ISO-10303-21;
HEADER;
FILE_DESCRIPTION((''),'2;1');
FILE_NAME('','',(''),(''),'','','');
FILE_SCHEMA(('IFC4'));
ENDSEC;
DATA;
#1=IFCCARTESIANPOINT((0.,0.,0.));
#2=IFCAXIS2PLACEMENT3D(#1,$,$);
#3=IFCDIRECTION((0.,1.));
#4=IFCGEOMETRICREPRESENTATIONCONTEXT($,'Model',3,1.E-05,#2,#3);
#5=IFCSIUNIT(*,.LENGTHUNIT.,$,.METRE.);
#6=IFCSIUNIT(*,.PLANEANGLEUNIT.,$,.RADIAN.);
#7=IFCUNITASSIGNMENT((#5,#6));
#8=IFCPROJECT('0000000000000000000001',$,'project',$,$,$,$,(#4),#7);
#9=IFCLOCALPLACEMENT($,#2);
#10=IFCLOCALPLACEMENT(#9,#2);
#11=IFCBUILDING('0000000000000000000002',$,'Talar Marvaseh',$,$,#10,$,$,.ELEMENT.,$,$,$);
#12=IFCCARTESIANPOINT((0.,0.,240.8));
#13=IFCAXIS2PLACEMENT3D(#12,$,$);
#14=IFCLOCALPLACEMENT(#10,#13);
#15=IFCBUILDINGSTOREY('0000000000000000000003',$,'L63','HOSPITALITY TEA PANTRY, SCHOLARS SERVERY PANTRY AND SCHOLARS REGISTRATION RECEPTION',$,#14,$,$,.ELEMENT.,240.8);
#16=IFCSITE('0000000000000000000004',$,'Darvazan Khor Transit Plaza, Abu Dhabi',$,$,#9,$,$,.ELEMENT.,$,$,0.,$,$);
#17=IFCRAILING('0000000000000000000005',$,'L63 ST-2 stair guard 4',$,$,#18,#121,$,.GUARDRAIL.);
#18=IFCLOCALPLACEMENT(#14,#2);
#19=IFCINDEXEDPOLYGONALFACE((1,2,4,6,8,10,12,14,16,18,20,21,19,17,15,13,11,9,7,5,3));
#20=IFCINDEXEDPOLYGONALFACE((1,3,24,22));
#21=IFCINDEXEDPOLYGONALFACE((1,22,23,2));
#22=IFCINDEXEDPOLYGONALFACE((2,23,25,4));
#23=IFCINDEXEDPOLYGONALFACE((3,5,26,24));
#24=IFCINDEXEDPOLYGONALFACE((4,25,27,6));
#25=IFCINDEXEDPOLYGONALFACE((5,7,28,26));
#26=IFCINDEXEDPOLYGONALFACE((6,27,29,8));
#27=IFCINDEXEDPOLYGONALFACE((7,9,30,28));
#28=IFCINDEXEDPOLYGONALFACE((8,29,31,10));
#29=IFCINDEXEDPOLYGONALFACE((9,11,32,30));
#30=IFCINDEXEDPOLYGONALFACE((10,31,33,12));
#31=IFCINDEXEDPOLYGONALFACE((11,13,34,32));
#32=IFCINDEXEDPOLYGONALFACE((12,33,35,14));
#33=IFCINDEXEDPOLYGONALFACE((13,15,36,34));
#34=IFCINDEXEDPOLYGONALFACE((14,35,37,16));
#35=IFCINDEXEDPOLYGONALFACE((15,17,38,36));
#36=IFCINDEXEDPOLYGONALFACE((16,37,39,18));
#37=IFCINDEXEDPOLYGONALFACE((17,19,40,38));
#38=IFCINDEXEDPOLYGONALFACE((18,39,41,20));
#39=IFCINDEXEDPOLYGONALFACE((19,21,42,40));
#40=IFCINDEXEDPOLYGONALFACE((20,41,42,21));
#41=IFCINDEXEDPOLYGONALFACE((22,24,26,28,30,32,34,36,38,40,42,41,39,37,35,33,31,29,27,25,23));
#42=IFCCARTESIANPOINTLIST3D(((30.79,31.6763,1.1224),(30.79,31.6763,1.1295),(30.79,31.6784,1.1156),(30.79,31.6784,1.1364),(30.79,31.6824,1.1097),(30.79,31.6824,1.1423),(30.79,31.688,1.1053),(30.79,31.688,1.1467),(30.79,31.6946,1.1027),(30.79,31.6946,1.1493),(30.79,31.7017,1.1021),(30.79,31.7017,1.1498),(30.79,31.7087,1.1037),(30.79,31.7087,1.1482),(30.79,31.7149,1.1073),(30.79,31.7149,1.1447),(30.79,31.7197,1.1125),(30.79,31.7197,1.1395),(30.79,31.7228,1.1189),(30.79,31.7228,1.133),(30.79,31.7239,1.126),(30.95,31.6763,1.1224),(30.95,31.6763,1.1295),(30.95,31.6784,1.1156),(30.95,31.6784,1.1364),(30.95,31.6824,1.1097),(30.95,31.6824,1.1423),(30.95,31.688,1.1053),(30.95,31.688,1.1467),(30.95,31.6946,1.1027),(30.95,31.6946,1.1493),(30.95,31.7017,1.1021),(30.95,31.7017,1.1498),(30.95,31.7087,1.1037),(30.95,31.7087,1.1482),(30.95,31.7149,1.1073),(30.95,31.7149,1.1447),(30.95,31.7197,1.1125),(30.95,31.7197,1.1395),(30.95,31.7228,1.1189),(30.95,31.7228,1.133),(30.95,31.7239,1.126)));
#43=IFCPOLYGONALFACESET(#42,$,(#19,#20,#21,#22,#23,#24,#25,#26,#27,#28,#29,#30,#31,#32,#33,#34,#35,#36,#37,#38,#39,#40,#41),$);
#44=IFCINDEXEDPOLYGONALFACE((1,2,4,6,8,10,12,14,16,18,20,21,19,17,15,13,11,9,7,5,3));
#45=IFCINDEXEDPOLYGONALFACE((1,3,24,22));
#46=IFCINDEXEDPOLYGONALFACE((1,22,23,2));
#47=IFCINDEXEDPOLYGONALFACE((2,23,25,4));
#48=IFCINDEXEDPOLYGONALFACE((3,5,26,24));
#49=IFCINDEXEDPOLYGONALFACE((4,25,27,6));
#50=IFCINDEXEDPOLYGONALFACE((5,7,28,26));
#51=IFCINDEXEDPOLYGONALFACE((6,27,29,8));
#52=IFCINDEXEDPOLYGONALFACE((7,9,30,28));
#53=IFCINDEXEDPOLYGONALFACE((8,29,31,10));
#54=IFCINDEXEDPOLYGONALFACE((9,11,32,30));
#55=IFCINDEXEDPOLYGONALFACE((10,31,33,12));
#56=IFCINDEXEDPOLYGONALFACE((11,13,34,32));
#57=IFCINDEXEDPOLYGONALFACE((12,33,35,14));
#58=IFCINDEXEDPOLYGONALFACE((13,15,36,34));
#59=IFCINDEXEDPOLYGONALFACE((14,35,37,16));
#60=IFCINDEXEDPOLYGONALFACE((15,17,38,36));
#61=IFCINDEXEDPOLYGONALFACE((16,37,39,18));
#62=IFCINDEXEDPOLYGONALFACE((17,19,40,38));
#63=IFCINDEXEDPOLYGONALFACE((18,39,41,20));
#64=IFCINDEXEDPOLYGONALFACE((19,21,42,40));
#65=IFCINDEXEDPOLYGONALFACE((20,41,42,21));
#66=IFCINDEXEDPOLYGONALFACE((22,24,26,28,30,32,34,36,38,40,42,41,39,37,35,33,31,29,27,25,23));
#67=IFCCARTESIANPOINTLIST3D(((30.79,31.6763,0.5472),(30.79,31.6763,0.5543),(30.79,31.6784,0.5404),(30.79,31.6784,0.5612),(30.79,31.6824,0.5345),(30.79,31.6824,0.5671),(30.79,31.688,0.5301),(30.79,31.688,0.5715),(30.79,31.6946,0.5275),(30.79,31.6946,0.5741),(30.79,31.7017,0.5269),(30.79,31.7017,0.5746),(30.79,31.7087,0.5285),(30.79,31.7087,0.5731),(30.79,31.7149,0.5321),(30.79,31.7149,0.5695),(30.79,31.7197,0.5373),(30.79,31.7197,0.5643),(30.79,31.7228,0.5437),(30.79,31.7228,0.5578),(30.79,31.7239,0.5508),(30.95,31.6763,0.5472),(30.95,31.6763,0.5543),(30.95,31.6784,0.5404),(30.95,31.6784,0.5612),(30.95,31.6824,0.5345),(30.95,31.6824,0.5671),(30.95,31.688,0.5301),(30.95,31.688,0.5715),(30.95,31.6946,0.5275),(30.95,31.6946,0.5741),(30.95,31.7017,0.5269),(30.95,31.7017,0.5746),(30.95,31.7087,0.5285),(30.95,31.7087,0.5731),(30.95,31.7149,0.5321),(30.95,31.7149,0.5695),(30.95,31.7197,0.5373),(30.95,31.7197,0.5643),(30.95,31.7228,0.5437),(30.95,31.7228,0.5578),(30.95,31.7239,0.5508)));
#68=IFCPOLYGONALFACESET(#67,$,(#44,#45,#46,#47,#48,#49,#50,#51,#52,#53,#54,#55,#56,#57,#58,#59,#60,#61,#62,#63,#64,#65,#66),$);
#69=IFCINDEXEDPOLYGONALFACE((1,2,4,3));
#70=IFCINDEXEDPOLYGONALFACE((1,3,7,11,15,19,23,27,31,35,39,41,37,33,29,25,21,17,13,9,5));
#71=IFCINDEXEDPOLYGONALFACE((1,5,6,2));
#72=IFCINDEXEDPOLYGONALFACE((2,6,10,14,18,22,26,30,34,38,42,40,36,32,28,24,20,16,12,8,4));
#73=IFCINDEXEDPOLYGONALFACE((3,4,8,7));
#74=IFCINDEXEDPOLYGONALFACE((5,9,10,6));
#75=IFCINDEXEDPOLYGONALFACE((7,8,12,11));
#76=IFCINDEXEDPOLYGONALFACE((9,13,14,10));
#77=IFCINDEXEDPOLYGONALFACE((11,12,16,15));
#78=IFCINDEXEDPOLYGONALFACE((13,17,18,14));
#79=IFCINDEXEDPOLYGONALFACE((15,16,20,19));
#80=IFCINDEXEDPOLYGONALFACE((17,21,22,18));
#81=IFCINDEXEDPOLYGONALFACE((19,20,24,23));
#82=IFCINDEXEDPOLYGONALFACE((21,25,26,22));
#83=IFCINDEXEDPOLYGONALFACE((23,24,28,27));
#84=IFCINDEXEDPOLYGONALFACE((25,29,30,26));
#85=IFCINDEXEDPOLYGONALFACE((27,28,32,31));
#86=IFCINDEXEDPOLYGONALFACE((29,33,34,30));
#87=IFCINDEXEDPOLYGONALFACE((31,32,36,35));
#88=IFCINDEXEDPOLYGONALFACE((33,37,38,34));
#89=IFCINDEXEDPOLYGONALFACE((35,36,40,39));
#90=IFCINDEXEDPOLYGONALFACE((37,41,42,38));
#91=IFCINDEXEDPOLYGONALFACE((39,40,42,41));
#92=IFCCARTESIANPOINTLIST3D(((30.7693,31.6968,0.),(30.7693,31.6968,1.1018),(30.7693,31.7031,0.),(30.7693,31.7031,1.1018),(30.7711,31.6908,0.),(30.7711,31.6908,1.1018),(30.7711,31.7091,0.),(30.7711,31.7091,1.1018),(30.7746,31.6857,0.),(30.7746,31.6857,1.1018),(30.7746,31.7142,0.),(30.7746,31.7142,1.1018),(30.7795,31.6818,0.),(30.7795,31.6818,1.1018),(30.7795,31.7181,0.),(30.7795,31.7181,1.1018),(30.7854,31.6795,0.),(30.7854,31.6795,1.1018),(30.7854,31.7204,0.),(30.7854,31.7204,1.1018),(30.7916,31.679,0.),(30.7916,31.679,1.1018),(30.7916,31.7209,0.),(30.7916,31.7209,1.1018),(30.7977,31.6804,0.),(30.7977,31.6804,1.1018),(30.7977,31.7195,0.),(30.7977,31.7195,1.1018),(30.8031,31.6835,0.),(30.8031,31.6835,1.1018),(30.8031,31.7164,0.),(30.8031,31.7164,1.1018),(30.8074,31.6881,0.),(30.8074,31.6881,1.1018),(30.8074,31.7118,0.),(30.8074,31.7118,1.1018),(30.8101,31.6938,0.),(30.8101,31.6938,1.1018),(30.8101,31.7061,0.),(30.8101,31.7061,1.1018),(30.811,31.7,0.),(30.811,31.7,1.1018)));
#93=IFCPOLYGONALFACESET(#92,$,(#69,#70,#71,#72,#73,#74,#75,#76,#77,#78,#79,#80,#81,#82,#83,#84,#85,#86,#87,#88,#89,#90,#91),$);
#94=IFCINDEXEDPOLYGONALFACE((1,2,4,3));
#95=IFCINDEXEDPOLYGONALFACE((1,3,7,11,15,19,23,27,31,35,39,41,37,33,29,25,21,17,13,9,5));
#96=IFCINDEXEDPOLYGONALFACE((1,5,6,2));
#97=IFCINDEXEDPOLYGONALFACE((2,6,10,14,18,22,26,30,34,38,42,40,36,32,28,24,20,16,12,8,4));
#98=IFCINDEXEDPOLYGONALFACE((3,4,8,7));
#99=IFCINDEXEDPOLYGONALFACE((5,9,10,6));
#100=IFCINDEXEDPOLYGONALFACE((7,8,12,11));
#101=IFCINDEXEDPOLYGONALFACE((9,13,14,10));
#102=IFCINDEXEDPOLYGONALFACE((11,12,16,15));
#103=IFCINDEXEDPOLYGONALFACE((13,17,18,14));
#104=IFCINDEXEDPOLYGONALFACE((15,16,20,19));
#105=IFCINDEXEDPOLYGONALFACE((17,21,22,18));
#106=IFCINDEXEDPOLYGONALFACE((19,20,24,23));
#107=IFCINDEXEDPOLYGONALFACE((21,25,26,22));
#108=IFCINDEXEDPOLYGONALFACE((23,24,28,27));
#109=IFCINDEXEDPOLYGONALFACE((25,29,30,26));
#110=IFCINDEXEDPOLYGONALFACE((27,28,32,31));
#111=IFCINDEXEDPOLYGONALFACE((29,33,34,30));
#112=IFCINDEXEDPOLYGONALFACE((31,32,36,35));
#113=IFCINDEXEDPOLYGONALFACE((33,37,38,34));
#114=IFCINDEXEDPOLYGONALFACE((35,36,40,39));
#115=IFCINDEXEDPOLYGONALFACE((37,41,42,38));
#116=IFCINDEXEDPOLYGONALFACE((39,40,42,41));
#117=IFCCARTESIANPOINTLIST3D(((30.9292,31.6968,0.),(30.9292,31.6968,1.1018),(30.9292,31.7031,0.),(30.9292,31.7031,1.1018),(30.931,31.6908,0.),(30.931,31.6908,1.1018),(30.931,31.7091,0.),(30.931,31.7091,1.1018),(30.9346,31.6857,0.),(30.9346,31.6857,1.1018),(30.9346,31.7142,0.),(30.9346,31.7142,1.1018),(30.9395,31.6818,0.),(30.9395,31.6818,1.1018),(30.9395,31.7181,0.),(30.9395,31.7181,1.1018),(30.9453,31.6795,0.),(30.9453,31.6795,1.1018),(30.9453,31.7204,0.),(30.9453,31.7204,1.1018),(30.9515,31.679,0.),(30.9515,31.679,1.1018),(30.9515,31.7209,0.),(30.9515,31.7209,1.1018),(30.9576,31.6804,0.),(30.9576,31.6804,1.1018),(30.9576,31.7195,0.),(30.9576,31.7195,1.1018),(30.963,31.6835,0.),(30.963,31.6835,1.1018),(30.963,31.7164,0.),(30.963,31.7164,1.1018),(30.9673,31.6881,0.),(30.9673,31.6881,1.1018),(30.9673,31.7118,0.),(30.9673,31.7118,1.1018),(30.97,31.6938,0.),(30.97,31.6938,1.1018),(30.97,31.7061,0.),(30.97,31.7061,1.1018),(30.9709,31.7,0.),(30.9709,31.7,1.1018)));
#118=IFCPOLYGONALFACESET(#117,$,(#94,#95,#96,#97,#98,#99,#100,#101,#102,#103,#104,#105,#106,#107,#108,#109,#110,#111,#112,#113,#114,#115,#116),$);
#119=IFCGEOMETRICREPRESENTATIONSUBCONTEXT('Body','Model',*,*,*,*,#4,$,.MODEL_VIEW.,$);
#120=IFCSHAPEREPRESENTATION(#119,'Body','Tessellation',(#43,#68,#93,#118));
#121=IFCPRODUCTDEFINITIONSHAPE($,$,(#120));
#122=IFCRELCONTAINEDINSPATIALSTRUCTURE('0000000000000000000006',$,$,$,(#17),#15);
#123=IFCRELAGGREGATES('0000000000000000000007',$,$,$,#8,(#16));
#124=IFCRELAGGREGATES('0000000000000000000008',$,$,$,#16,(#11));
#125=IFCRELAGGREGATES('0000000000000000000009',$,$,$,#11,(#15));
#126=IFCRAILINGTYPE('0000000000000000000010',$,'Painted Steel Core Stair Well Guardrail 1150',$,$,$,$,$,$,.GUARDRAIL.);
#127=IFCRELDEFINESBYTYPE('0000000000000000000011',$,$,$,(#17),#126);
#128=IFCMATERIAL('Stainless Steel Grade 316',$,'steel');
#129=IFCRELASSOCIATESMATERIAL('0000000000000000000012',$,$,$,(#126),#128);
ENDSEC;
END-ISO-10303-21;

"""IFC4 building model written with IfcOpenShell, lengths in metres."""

from ifc_helpers import new_model, si_unit, direction, frame, origin, origin_2d, place, context, subcontext, project, spatial, circle, extrude, material, type_object, element, save


model = new_model("IFC4")

# Units and contexts
model_context = context("Model", 3, precision=1e-05, world=origin(), true_north=direction((0.0, 1.0)))
body_context = subcontext(model_context, "Body", "Model", "MODEL_VIEW")
ifc_project = project(units=[si_unit("LENGTHUNIT", "METRE"), si_unit("PLANEANGLEUNIT", "RADIAN")], contexts=[model_context])

# Site, building, storey
site_placement = place(None, origin())
site = spatial("IfcSite", under=ifc_project, at=site_placement, Name="Darvazan Khor Transit Plaza, Abu Dhabi", CompositionType="ELEMENT", RefElevation=0.0)
building_placement = place(site_placement, origin())
building = spatial("IfcBuilding", under=site, at=building_placement, Name="Talar Marvaseh", CompositionType="ELEMENT")
storey_placement = place(building_placement, frame((0.0, 0.0, 240.8)))
storey = spatial("IfcBuildingStorey", under=building, at=storey_placement, Name="L63", Description="HOSPITALITY TEA PANTRY, SCHOLARS SERVERY PANTRY AND SCHOLARS REGISTRATION RECEPTION", CompositionType="ELEMENT", Elevation=240.8)

# Shared definitions
ifc_material_1 = material(Name="Stainless Steel Grade 316", Category="steel")

# Railing
railing_type_1 = type_object("IfcRailingType", Name="Painted Steel Core Stair Well Guardrail 1150", PredefinedType="GUARDRAIL", material=ifc_material_1)
railing_1_placement = place(storey_placement, frame((30.79, 31.7, 0.0)))
element("IfcRailing", 1, at=railing_1_placement, inside=storey, type_object=railing_type_1, Name="L63 ST-2 stair guard 4", PredefinedType="GUARDRAIL", context=body_context, shape_type="SweptSolid", body=[
    extrude(circle(Radius=0.0239, at=origin_2d()), frame((0.0, 0.0, 1.126), z_axis=(1.0, 0.0, 0.0), x_axis=(0.0, 1.0, 0.0)), (0.0, 0.0, 1.0), 0.1599),
    extrude(circle(Radius=0.0239, at=origin_2d()), frame((0.0, 0.0, 0.5508), z_axis=(1.0, 0.0, 0.0), x_axis=(0.0, 1.0, 0.0)), (0.0, 0.0, 1.0), 0.1599),
    extrude(circle(Radius=0.021, at=origin_2d()), origin(), (0.0, 0.0, 1.0), 1.1018),
    extrude(circle(Radius=0.021, at=origin_2d()), frame((0.1599, 0.0, 0.0)), (0.0, 0.0, 1.0), 1.1018),
])

save(model, "model.ifc")
